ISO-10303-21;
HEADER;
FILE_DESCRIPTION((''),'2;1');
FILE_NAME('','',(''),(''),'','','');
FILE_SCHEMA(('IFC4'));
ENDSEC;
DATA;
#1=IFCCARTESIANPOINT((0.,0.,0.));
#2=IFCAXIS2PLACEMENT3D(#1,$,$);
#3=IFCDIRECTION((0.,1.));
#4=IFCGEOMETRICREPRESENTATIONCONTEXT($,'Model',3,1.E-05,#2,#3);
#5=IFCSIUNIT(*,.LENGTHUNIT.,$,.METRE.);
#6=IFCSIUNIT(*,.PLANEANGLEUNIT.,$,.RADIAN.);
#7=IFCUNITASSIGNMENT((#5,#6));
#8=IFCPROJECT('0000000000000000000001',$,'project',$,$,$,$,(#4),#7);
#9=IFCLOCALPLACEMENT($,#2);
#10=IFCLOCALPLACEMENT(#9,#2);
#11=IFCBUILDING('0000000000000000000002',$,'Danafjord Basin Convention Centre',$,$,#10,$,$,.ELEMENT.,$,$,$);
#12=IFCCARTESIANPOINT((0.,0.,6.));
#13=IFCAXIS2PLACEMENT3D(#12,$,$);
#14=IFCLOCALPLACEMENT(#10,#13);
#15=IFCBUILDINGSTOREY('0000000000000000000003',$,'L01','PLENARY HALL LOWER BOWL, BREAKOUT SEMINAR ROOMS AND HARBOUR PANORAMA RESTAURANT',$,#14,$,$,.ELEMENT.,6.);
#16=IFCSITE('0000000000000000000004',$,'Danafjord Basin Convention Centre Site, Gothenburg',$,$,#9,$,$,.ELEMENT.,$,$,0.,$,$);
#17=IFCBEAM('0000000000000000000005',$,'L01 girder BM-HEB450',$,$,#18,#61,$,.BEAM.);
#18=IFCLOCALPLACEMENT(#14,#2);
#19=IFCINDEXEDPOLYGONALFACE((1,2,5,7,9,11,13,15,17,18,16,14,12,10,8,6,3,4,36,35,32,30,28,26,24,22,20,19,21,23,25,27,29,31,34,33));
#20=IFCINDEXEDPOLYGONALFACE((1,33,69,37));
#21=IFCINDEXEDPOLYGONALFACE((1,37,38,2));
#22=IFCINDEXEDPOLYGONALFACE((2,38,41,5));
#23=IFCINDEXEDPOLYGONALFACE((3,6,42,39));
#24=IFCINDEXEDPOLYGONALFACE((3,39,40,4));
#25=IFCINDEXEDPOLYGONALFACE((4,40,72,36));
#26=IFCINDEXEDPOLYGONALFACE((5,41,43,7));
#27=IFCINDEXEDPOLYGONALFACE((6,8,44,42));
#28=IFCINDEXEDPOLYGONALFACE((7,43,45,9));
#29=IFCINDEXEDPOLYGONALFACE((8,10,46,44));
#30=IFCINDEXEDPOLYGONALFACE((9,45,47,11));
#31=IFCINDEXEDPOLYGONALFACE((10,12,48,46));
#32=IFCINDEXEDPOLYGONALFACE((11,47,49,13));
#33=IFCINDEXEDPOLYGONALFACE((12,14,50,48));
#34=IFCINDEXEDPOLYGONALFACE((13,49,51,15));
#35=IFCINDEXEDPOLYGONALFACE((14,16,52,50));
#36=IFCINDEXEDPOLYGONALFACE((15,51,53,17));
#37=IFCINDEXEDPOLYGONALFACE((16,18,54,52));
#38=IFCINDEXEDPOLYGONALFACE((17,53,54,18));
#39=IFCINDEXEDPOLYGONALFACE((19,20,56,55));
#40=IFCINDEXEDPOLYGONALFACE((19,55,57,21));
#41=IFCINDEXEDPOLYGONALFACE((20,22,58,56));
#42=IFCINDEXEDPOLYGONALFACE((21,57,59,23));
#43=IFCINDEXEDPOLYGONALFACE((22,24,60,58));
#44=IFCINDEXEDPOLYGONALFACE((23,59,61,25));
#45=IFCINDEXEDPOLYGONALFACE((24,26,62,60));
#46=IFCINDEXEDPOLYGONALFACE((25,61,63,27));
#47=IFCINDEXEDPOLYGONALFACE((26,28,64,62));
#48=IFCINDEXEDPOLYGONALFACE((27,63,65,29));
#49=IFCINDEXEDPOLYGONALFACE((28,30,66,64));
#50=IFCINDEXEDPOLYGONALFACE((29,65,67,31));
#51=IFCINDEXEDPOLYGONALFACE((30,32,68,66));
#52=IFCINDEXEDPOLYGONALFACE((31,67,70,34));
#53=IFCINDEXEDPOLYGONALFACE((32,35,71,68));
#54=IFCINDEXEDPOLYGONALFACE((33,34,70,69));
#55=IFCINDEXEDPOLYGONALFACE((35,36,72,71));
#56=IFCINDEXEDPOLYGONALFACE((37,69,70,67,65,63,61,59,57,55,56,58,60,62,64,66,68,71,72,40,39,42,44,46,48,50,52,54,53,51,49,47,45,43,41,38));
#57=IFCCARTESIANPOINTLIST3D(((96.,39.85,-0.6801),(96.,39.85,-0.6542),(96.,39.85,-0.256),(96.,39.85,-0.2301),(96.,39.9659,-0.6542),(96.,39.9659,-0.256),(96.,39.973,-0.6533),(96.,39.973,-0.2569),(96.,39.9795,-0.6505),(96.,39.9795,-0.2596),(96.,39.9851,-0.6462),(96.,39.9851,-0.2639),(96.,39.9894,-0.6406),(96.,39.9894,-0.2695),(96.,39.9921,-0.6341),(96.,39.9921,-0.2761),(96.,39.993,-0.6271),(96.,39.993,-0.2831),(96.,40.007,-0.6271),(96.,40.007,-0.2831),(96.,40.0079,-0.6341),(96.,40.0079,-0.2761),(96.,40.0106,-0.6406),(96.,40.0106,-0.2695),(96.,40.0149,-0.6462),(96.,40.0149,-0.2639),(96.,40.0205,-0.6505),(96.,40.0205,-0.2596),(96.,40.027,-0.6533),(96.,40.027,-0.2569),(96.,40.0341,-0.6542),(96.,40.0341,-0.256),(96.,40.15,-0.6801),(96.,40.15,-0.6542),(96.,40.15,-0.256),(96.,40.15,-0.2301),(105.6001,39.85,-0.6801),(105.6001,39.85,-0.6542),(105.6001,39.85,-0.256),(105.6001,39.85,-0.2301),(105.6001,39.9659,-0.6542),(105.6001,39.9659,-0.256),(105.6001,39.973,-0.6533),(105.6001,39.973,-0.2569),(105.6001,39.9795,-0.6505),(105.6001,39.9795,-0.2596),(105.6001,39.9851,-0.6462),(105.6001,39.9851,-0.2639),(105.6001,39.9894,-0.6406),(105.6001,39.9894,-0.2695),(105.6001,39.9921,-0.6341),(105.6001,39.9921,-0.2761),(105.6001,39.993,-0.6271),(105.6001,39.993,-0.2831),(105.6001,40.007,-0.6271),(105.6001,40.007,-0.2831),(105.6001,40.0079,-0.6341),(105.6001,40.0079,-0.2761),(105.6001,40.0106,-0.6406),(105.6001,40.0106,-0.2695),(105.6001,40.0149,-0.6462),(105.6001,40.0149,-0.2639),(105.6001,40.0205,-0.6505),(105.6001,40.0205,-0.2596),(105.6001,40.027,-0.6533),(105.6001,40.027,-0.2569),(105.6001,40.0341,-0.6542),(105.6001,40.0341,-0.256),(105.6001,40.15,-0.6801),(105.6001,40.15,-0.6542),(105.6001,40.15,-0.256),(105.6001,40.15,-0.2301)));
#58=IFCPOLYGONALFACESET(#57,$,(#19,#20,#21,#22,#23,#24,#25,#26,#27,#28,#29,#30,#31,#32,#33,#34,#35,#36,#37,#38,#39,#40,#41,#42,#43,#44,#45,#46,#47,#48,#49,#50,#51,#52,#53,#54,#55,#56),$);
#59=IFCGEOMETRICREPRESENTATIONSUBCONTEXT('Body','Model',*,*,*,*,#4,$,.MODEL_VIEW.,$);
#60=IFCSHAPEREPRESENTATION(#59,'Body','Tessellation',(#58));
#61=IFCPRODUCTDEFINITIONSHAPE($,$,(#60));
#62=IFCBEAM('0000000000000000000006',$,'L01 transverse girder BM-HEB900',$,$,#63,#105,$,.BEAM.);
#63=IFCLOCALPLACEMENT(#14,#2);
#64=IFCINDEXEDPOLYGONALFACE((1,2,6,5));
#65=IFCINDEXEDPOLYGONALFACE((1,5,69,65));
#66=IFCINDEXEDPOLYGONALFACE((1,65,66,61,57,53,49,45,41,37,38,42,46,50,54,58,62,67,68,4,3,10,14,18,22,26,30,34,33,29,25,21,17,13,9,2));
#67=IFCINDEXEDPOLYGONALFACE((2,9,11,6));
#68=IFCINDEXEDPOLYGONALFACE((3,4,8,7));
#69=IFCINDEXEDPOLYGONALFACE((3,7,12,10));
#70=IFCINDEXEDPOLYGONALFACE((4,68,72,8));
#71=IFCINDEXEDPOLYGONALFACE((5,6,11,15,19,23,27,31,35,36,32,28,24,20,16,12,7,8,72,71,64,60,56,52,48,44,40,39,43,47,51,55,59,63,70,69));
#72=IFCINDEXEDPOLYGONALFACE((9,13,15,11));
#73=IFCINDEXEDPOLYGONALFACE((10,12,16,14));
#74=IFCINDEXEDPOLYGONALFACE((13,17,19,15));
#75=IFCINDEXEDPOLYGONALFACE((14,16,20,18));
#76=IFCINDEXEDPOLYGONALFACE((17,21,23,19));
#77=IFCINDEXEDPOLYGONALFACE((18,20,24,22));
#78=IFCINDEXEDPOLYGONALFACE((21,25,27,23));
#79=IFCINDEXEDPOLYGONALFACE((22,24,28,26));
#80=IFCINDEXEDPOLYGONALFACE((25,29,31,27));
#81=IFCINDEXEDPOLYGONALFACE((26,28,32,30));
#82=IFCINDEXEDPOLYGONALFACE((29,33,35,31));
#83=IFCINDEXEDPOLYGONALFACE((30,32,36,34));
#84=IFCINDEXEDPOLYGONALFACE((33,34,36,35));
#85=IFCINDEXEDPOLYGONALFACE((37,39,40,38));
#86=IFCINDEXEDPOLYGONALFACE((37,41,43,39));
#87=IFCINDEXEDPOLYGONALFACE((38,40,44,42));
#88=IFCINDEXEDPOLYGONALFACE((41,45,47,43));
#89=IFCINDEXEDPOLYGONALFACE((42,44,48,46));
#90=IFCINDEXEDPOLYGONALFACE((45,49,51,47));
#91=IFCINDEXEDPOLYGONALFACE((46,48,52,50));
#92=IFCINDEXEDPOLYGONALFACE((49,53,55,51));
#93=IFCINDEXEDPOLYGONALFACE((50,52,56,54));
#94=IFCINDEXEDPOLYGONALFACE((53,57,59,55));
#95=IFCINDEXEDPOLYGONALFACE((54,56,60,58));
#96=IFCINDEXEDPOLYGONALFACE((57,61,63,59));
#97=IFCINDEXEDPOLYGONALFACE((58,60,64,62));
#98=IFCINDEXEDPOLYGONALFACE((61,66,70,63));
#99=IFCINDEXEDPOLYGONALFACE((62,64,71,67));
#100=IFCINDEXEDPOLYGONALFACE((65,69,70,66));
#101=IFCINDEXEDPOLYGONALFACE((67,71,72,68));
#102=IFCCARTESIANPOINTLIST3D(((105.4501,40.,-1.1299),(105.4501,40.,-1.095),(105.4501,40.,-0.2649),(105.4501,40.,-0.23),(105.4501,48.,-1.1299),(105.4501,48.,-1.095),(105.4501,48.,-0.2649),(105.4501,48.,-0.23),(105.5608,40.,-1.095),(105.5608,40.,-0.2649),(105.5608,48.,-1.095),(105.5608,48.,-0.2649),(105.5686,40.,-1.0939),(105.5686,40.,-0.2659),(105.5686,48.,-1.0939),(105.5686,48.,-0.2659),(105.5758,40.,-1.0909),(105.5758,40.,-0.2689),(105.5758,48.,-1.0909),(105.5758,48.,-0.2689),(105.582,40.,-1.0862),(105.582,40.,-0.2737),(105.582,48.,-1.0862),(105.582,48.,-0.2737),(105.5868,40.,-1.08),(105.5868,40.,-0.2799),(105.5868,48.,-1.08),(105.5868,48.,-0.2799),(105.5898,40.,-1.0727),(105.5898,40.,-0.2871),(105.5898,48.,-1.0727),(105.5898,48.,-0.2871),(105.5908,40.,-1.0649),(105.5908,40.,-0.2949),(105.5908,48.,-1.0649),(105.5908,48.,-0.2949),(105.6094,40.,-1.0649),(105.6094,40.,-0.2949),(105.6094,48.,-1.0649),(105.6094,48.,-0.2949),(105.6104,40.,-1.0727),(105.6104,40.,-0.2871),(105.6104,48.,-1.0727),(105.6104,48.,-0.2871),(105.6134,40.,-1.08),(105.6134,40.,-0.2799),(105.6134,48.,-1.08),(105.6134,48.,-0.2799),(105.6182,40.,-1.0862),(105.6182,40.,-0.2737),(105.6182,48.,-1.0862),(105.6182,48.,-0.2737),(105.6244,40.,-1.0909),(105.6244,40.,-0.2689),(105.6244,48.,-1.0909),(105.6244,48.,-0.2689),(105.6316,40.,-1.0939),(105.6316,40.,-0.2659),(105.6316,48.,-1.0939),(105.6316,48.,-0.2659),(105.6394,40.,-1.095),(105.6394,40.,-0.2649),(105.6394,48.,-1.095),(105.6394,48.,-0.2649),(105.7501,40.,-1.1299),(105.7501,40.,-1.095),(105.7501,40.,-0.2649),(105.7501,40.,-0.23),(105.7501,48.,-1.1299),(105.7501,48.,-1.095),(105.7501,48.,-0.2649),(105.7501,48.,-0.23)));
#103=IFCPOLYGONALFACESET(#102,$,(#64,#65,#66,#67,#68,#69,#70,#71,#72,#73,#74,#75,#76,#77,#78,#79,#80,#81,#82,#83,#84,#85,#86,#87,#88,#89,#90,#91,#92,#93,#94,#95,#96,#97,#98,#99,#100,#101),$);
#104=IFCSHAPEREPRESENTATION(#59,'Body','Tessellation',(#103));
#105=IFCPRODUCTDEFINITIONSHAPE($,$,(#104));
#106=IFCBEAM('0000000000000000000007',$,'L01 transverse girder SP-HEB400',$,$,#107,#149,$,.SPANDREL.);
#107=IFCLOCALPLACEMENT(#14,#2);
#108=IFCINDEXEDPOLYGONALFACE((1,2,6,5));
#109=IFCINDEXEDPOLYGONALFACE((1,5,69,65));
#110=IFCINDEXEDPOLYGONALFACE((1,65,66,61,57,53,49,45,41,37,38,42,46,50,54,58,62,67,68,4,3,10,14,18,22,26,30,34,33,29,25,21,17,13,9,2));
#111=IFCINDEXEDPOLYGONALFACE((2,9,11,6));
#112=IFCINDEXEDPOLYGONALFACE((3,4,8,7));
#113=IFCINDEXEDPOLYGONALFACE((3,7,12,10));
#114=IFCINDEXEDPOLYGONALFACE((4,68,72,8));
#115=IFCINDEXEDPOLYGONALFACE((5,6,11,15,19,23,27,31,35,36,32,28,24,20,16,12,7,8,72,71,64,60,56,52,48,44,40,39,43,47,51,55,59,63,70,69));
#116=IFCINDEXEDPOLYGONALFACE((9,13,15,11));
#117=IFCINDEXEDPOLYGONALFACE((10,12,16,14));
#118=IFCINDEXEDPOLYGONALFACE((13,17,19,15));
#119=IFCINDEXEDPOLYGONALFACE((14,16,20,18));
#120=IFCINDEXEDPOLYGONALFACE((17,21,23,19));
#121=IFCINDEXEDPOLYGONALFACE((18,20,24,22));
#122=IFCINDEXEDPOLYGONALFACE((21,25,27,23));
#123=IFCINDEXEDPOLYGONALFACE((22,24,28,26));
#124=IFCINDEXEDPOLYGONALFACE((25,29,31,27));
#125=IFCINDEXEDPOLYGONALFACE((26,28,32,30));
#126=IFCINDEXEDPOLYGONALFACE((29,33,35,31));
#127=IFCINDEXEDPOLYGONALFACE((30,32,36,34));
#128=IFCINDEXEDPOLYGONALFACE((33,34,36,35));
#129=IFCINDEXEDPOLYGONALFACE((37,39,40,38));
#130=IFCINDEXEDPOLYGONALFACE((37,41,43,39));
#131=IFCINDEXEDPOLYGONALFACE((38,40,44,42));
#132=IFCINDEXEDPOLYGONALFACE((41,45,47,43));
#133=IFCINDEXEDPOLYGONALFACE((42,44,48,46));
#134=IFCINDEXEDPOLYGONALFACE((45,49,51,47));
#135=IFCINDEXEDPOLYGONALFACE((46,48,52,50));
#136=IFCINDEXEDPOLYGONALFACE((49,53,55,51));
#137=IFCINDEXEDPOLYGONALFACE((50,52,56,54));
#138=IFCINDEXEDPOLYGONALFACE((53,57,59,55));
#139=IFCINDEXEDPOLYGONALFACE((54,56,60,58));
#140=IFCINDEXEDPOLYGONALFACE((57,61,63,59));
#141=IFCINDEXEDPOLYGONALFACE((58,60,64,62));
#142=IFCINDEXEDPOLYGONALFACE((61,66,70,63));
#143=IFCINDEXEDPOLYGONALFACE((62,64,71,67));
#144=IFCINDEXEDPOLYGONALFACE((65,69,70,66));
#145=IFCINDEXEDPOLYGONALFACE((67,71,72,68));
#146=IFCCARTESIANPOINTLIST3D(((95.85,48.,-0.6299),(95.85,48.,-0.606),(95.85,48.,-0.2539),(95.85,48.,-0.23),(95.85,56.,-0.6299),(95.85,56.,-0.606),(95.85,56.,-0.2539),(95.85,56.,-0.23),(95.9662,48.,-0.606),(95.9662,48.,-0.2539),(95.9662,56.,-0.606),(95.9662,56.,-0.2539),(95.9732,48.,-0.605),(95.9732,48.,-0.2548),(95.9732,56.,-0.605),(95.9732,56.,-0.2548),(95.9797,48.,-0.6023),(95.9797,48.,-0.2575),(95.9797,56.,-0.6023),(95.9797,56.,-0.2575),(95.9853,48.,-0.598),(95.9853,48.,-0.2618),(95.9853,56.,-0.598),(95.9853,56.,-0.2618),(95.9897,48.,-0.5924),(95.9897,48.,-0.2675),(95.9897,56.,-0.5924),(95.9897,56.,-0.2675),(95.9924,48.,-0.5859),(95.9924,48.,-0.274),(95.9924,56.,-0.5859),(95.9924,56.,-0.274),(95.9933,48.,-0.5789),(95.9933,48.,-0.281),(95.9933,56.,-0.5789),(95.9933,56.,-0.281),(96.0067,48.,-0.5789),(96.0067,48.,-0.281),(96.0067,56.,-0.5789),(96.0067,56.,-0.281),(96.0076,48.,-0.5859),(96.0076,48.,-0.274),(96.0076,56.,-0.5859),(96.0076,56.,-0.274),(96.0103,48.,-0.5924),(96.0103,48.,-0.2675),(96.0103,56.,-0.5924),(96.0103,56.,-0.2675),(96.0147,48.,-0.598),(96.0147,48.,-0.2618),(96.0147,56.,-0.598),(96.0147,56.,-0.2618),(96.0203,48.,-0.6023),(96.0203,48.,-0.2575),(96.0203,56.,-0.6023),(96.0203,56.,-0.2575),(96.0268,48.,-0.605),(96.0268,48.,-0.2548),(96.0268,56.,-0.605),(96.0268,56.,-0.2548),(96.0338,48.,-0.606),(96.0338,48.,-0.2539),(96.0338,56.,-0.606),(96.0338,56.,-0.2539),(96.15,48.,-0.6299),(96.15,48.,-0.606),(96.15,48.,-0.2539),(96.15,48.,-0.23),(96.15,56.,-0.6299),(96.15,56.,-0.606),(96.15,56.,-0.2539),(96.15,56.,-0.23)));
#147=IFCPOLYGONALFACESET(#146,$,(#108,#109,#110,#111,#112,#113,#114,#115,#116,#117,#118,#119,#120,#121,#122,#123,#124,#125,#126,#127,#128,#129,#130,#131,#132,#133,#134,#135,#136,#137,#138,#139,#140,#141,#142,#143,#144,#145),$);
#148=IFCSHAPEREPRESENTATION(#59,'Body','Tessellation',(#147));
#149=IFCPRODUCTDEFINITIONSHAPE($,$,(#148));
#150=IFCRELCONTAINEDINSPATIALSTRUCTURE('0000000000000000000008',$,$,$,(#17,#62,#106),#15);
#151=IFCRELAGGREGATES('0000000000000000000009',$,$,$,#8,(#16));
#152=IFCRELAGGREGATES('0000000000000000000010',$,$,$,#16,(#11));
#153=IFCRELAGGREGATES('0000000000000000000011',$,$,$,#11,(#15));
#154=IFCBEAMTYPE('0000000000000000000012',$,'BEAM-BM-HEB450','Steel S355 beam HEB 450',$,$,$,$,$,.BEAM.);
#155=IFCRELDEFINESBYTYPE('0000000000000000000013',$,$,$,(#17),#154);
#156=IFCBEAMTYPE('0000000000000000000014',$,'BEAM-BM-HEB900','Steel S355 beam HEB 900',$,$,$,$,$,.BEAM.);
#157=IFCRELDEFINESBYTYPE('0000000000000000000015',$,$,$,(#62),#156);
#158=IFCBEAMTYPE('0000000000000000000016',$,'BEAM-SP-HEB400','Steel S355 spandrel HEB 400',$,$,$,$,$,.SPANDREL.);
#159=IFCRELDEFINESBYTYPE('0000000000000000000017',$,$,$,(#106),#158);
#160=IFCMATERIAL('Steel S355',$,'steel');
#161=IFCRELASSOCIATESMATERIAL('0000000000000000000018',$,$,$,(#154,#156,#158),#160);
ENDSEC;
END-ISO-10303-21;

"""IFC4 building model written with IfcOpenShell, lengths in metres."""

from ifc_helpers import new_model, si_unit, direction, frame, origin, origin_2d, place, context, subcontext, project, spatial, i_section, extrude, material, material_profile, profile_set, type_object, element, save


model = new_model("IFC4")

# Units and contexts
model_context = context("Model", 3, precision=1e-05, world=origin(), true_north=direction((0.0, 1.0)))
body_context = subcontext(model_context, "Body", "Model", "MODEL_VIEW")
ifc_project = project(units=[si_unit("LENGTHUNIT", "METRE"), si_unit("PLANEANGLEUNIT", "RADIAN")], contexts=[model_context])

# Site, building, storey
site_placement = place(None, origin())
site = spatial("IfcSite", under=ifc_project, at=site_placement, Name="Danafjord Basin Convention Centre Site, Gothenburg", CompositionType="ELEMENT", RefElevation=0.0)
building_placement = place(site_placement, origin())
building = spatial("IfcBuilding", under=site, at=building_placement, Name="Danafjord Basin Convention Centre", CompositionType="ELEMENT")
storey_placement = place(building_placement, frame((0.0, 0.0, 6.0)))
storey = spatial("IfcBuildingStorey", under=building, at=storey_placement, Name="L01", Description="PLENARY HALL LOWER BOWL, BREAKOUT SEMINAR ROOMS AND HARBOUR PANORAMA RESTAURANT", CompositionType="ELEMENT", Elevation=6.0)

# Shared definitions
ifc_material_1 = material(Name="Steel S355", Category="steel")

# Beams
ifc_material_profile_1 = material_profile(ifc_material_1, i_section(OverallWidth=0.3, OverallDepth=0.45, WebThickness=0.0139, FlangeThickness=0.0259, FilletRadius=0.0271, at=origin_2d()), Name="HEB 450")
ifc_profile_set_1 = profile_set([ifc_material_profile_1], Name="Steel S355")
beam_type_1 = type_object("IfcBeamType", Name="BEAM-BM-HEB450", Description="Steel S355 beam HEB 450", PredefinedType="BEAM", material=ifc_profile_set_1)
beam_1_placement = place(storey_placement, frame((96.0, 40.0, -0.4551), z_axis=(1.0, 0.0, 0.0), x_axis=(0.0, 1.0, 0.0)))
element("IfcBeam", 1, at=beam_1_placement, inside=storey, type_object=beam_type_1, Name="L01 girder BM-HEB450", PredefinedType="BEAM", context=body_context, shape_type="SweptSolid", body=[
    extrude(i_section(OverallWidth=0.3, OverallDepth=0.45, WebThickness=0.0139, FlangeThickness=0.0259, FilletRadius=0.0271, at=origin_2d()), origin(), (0.0, 0.0, 1.0), 9.6001),
])
ifc_material_profile_2 = material_profile(ifc_material_1, i_section(OverallWidth=0.3, OverallDepth=0.8999, WebThickness=0.0186, FlangeThickness=0.0349, FilletRadius=0.03, at=origin_2d()), Name="HEB 900")
ifc_profile_set_2 = profile_set([ifc_material_profile_2], Name="Steel S355")
beam_type_2 = type_object("IfcBeamType", Name="BEAM-BM-HEB900", Description="Steel S355 beam HEB 900", PredefinedType="BEAM", material=ifc_profile_set_2)
beam_2_placement = place(storey_placement, frame((105.6001, 40.0, -0.6799), z_axis=(0.0, 1.0, 0.0), x_axis=(-1.0, 0.0, 0.0)))
element("IfcBeam", 2, at=beam_2_placement, inside=storey, type_object=beam_type_2, Name="L01 transverse girder BM-HEB900", PredefinedType="BEAM", context=body_context, shape_type="SweptSolid", body=[
    extrude(i_section(OverallWidth=0.3, OverallDepth=0.8999, WebThickness=0.0186, FlangeThickness=0.0349, FilletRadius=0.03, at=origin_2d()), origin(), (0.0, 0.0, 1.0), 8.0),
])
ifc_material_profile_3 = material_profile(ifc_material_1, i_section(OverallWidth=0.3, OverallDepth=0.3999, WebThickness=0.0134, FlangeThickness=0.0239, FilletRadius=0.0271, at=origin_2d()), Name="HEB 400")
ifc_profile_set_3 = profile_set([ifc_material_profile_3], Name="Steel S355")
beam_type_3 = type_object("IfcBeamType", Name="BEAM-SP-HEB400", Description="Steel S355 spandrel HEB 400", PredefinedType="SPANDREL", material=ifc_profile_set_3)
beam_3_placement = place(storey_placement, frame((96.0, 48.0, -0.4299), z_axis=(0.0, 1.0, 0.0), x_axis=(-1.0, 0.0, 0.0)))
element("IfcBeam", 3, at=beam_3_placement, inside=storey, type_object=beam_type_3, Name="L01 transverse girder SP-HEB400", PredefinedType="SPANDREL", context=body_context, shape_type="SweptSolid", body=[
    extrude(i_section(OverallWidth=0.3, OverallDepth=0.3999, WebThickness=0.0134, FlangeThickness=0.0239, FilletRadius=0.0271, at=origin_2d()), origin(), (0.0, 0.0, 1.0), 8.0),
])

save(model, "model.ifc")
